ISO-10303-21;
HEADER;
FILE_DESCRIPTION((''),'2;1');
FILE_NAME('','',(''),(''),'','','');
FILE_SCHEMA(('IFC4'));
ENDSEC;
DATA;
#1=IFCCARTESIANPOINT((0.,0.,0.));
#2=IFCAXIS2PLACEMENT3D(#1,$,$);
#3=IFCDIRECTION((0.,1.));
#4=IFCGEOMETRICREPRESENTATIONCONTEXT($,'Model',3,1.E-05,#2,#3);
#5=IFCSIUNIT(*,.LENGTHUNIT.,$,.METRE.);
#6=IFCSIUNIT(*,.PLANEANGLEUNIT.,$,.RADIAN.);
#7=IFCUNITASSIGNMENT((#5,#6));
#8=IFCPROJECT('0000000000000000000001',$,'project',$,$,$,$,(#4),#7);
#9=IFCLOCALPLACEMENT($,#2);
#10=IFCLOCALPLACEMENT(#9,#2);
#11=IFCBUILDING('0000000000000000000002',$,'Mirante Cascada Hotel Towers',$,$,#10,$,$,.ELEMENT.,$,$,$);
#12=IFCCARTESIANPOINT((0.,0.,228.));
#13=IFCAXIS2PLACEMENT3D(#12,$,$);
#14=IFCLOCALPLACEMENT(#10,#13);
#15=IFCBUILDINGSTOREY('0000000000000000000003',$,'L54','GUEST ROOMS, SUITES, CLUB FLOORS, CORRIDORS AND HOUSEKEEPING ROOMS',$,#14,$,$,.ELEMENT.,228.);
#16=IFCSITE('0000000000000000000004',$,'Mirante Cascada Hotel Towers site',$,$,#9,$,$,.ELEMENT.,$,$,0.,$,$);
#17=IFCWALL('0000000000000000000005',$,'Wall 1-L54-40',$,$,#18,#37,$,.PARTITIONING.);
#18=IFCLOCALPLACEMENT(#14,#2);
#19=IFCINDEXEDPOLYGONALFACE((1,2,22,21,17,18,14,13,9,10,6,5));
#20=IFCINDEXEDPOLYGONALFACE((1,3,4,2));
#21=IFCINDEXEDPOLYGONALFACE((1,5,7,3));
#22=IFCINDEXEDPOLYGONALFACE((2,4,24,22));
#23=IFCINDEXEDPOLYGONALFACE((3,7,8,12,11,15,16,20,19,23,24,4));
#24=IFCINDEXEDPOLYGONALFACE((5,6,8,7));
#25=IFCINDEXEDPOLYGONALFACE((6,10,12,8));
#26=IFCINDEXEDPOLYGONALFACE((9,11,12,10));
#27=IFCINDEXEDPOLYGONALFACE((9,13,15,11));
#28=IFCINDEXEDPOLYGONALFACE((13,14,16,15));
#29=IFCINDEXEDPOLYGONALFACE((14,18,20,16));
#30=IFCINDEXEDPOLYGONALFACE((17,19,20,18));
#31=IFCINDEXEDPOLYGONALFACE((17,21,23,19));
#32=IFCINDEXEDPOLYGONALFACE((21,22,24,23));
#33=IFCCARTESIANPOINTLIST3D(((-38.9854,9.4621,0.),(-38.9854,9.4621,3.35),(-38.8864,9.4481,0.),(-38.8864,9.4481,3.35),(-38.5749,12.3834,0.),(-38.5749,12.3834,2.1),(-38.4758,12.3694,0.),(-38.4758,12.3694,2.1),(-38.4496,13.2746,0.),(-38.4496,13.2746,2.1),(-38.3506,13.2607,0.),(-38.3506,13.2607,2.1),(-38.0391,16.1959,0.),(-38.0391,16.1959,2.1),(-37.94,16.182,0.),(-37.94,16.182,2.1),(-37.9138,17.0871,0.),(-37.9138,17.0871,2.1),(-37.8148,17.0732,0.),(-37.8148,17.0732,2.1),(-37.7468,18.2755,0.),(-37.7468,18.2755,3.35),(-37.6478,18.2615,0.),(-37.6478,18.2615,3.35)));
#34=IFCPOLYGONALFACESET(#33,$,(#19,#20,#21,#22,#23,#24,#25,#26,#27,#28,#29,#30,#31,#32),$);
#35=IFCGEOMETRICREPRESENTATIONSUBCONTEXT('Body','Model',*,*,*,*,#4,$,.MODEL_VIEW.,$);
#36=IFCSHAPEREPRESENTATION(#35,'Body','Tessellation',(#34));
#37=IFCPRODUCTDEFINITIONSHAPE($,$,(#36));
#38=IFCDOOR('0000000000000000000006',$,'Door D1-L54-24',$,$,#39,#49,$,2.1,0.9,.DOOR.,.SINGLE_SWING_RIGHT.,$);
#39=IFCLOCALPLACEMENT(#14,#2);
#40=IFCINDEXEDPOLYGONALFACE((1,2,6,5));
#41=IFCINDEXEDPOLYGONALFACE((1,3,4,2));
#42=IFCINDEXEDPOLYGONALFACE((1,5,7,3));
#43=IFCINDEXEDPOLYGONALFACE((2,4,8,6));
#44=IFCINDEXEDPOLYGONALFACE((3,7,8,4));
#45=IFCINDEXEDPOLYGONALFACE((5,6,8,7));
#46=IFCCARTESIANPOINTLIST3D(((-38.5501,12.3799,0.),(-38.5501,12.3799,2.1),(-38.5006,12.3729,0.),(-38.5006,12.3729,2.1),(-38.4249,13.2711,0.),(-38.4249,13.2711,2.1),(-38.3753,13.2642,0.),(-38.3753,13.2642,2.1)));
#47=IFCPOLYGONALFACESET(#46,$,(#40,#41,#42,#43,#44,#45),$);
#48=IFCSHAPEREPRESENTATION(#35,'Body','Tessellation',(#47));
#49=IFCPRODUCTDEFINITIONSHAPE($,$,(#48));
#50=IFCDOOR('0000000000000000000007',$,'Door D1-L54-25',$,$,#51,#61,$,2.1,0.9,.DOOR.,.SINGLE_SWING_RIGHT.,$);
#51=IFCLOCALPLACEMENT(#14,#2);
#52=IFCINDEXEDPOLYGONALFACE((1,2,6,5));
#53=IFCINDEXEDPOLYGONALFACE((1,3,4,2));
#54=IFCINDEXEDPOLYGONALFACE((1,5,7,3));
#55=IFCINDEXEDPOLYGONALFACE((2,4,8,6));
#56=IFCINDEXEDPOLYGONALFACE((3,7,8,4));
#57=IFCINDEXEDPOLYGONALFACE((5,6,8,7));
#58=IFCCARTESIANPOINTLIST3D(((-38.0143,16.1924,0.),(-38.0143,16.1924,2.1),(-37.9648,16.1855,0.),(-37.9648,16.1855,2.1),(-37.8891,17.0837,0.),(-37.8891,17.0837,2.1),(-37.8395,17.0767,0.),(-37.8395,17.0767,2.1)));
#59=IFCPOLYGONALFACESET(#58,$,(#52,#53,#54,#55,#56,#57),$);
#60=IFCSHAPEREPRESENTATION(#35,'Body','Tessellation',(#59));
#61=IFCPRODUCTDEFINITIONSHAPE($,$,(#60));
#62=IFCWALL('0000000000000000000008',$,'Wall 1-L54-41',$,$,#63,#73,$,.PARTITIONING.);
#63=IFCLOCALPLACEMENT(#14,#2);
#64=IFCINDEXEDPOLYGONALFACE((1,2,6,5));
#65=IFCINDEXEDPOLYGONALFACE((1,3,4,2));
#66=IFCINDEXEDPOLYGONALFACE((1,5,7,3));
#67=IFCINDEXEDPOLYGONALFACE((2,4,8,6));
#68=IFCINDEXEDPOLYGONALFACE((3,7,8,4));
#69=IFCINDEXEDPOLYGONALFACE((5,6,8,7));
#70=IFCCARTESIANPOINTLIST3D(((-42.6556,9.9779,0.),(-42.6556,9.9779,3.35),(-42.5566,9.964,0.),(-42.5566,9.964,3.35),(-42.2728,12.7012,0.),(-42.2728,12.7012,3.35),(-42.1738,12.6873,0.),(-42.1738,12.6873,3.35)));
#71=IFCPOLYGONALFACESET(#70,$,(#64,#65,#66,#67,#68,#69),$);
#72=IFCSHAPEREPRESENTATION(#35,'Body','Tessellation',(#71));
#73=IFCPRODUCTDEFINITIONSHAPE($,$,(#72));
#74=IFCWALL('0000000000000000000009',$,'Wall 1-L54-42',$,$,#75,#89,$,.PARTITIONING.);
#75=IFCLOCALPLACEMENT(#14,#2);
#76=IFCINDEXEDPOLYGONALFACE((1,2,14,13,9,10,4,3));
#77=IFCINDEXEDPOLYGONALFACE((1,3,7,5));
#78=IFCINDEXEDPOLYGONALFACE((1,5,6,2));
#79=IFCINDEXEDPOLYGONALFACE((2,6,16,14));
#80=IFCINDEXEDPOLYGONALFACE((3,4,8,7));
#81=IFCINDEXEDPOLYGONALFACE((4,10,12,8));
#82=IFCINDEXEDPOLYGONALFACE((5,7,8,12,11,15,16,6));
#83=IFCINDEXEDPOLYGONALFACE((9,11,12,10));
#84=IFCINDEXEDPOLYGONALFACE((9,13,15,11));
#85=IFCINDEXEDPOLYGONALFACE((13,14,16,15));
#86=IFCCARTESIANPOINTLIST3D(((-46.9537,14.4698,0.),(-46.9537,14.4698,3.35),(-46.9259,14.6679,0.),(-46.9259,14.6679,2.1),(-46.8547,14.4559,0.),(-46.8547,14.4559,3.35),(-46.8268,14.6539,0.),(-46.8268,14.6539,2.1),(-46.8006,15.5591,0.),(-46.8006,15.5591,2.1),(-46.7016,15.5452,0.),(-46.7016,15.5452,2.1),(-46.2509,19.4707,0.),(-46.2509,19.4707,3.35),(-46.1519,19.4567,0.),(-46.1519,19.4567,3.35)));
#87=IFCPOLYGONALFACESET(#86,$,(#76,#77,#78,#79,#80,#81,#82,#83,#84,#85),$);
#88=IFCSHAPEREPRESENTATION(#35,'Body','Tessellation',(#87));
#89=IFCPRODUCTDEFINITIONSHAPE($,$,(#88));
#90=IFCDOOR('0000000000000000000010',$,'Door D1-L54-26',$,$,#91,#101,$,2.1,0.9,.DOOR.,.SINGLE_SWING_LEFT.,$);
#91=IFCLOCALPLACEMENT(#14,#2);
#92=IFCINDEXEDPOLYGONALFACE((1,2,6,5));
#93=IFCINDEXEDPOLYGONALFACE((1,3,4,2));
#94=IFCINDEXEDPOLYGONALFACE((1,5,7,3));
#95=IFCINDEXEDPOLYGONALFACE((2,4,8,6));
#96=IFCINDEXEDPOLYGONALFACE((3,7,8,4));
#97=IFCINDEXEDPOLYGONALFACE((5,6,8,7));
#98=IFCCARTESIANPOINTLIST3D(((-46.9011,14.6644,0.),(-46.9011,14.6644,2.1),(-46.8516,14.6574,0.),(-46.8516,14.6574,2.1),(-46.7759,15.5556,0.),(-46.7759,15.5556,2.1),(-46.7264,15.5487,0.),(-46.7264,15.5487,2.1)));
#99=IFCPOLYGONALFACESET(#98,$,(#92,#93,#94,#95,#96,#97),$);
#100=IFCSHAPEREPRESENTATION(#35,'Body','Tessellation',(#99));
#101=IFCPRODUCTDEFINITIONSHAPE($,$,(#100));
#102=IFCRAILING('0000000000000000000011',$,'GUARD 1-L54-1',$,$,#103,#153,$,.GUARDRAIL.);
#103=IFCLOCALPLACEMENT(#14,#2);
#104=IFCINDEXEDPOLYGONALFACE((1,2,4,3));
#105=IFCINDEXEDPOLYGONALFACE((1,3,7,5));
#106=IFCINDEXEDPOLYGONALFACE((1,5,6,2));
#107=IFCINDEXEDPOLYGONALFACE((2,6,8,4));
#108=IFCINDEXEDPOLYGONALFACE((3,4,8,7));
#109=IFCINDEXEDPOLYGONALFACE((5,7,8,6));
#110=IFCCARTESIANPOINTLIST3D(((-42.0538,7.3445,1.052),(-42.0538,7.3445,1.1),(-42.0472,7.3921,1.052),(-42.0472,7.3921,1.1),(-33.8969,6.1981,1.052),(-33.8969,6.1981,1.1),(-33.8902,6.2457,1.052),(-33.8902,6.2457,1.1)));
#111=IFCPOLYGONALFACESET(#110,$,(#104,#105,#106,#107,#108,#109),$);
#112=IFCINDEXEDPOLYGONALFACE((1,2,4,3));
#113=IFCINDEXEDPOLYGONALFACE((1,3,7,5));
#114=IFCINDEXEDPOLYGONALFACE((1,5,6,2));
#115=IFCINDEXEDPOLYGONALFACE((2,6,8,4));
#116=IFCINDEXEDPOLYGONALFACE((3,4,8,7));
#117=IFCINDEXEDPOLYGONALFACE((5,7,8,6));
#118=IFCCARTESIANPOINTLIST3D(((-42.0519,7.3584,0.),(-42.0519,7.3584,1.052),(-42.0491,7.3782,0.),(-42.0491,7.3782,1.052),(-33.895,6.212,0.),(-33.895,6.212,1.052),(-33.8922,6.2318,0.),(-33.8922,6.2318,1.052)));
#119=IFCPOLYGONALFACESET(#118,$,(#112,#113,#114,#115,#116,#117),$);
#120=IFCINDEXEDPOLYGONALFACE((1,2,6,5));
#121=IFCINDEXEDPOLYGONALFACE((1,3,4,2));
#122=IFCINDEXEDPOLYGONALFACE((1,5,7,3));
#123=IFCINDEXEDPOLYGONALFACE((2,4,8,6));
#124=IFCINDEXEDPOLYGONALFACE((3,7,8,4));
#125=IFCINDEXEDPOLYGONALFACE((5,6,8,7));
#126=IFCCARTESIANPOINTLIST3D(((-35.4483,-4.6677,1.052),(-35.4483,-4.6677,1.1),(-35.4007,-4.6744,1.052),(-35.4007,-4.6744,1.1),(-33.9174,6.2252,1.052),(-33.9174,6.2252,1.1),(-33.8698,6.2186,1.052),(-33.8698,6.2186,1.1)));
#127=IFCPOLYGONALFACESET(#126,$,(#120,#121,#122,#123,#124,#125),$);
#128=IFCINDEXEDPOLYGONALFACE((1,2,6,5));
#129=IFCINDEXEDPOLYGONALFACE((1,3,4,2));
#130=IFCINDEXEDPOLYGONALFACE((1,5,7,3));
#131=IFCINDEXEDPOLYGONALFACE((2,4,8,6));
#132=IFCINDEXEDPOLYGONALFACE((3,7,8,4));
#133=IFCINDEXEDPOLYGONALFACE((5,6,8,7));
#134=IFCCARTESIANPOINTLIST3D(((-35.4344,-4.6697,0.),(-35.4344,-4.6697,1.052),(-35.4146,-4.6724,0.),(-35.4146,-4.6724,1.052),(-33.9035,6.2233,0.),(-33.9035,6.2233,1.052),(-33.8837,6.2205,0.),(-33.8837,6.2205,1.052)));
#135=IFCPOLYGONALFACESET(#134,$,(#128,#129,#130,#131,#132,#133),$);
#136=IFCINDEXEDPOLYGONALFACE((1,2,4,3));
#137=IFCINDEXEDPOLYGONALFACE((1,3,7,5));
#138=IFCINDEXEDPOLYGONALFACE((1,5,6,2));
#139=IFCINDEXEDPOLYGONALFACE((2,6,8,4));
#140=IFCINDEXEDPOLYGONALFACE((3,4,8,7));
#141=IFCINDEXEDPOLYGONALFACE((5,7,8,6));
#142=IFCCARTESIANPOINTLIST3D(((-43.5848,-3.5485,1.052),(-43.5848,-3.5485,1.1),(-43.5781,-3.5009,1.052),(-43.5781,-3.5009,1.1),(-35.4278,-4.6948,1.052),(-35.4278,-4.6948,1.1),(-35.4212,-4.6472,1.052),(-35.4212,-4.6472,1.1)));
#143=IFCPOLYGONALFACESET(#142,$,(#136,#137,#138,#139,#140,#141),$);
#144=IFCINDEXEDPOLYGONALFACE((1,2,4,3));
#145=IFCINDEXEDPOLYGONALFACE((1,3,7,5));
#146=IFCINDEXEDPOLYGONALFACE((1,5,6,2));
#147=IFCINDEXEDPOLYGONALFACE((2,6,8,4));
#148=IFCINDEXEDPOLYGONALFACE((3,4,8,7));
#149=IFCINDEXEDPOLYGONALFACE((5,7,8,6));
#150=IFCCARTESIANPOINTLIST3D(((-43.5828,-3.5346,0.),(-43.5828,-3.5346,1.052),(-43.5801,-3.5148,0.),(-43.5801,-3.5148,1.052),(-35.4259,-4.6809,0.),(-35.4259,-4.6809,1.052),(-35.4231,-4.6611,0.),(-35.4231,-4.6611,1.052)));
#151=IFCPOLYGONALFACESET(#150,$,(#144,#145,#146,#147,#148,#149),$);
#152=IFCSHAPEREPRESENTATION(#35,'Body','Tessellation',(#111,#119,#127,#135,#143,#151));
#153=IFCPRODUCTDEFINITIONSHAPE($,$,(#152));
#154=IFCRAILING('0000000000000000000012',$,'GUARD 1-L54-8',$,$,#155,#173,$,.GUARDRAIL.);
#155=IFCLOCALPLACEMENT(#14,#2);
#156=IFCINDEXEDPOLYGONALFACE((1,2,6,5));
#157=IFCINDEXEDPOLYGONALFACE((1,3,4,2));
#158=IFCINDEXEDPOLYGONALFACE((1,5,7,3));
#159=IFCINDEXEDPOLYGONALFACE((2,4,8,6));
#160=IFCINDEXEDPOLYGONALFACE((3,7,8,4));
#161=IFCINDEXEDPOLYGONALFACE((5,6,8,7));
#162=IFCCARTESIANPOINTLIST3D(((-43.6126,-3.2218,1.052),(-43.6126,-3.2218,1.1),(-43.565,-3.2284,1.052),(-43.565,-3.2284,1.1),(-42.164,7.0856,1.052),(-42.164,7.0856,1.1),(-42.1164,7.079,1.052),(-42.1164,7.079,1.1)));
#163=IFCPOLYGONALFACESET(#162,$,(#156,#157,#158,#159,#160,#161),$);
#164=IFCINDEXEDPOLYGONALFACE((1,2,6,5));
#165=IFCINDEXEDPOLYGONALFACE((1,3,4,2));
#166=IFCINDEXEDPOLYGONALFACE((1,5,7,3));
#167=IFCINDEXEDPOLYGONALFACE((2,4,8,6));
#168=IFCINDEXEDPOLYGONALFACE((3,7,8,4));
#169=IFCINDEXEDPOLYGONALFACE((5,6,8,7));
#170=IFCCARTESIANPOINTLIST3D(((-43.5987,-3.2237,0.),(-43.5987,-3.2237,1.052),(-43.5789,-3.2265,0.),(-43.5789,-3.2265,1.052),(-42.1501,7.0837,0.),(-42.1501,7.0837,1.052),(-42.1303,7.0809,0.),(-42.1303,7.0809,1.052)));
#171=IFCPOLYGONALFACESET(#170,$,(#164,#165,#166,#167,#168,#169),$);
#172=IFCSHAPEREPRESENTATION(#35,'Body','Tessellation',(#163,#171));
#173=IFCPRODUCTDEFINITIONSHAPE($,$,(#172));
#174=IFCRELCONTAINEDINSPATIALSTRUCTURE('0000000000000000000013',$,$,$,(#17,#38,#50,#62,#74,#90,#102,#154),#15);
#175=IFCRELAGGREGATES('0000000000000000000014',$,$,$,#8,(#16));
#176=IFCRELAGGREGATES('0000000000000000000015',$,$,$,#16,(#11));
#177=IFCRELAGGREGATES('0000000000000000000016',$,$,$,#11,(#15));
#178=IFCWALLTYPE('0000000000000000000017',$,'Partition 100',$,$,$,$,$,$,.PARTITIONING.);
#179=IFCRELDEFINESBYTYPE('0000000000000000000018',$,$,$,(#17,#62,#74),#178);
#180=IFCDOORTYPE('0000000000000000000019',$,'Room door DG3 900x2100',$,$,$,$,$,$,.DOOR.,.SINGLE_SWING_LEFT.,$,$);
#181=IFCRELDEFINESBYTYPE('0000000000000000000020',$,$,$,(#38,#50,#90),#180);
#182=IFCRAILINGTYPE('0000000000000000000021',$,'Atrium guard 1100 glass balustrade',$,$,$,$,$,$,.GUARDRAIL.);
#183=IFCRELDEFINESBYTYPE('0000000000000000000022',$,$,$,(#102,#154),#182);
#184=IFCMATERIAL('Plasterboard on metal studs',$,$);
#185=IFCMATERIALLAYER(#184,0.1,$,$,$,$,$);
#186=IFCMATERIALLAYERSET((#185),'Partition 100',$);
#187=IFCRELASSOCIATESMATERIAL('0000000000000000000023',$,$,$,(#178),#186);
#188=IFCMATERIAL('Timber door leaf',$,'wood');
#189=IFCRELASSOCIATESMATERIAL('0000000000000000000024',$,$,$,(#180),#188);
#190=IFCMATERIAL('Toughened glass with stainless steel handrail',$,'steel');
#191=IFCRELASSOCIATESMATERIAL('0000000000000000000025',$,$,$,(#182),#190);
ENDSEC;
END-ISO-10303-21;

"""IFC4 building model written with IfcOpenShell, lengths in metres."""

from ifc_helpers import new_model, si_unit, direction, frame, frame_2d, origin, origin_2d, place, context, subcontext, project, spatial, rectangle, extrude, material, layer, layer_set, type_object, element, fill, save


model = new_model("IFC4")

# Units and contexts
model_context = context("Model", 3, precision=1e-05, world=origin(), true_north=direction((0.0, 1.0)))
body_context = subcontext(model_context, "Body", "Model", "MODEL_VIEW")
ifc_project = project(units=[si_unit("LENGTHUNIT", "METRE"), si_unit("PLANEANGLEUNIT", "RADIAN")], contexts=[model_context])

# Site, building, storey
site_placement = place(None, origin())
site = spatial("IfcSite", under=ifc_project, at=site_placement, Name="Mirante Cascada Hotel Towers site", CompositionType="ELEMENT", RefElevation=0.0)
building_placement = place(site_placement, origin())
building = spatial("IfcBuilding", under=site, at=building_placement, Name="Mirante Cascada Hotel Towers", CompositionType="ELEMENT")
storey_placement = place(building_placement, frame((0.0, 0.0, 228.0)))
storey = spatial("IfcBuildingStorey", under=building, at=storey_placement, Name="L54", Description="GUEST ROOMS, SUITES, CLUB FLOORS, CORRIDORS AND HOUSEKEEPING ROOMS", CompositionType="ELEMENT", Elevation=228.0)

# Shared definitions
ifc_material_1 = material(Name="Plasterboard on metal studs")
ifc_layer_1 = layer(ifc_material_1, 0.1)
ifc_layer_set_1 = layer_set([ifc_layer_1], Name="Partition 100")
wall_type = type_object("IfcWallType", Name="Partition 100", PredefinedType="PARTITIONING", material=ifc_layer_set_1)

# Wall, openings, doors
wall_1_placement = place(storey_placement, frame((-37.6973, 18.2685, 0.0), z_axis=(0.0, 0.0, 1.0), x_axis=(-0.139168, -0.990269, 0.0)))
wall_1 = element("IfcWall", 1, at=wall_1_placement, inside=storey, type_object=wall_type, Name="Wall 1-L54-40", PredefinedType="PARTITIONING", context=body_context, shape_type="SweptSolid", body=[
    extrude(rectangle(XDim=8.9, YDim=0.1, at=frame_2d((4.45, 0.0))), origin(), (0.0, 0.0, 1.0), 3.35),
])
opening_1_placement = place(wall_1_placement, frame((5.05, 0.0, 0.0)))
opening_1 = element("IfcOpeningElement", 2, at=opening_1_placement, cuts=wall_1, PredefinedType="OPENING", context=body_context, shape_type="SweptSolid", body=[
    extrude(rectangle(XDim=0.9, YDim=2.1, at=frame_2d((0.45, 1.05))), frame((0.0, 0.05, 0.0), z_axis=(0.0, -1.0, 0.0), x_axis=(1.0, 0.0, 0.0)), (0.0, 0.0, 1.0), 0.1),
])
opening_2_placement = place(wall_1_placement, frame((1.2, 0.0, 0.0)))
opening_2 = element("IfcOpeningElement", 3, at=opening_2_placement, cuts=wall_1, PredefinedType="OPENING", context=body_context, shape_type="SweptSolid", body=[
    extrude(rectangle(XDim=0.9, YDim=2.1, at=frame_2d((0.45, 1.05))), frame((0.0, 0.05, 0.0), z_axis=(0.0, -1.0, 0.0), x_axis=(1.0, 0.0, 0.0)), (0.0, 0.0, 1.0), 0.1),
])
ifc_material_2 = material(Name="Timber door leaf", Category="wood")
door_type_1 = type_object("IfcDoorType", Name="Room door DG3 900x2100", OperationType="SINGLE_SWING_LEFT", PredefinedType="DOOR", material=ifc_material_2)
door_1_placement = place(opening_1_placement, frame((0.9, 0.0, 0.0), z_axis=(0.0, 0.0, 1.0), x_axis=(-1.0, 0.0, 0.0)))
door_1 = element("IfcDoor", 4, at=door_1_placement, inside=storey, type_object=door_type_1, Name="Door D1-L54-24", OperationType="SINGLE_SWING_RIGHT", OverallHeight=2.1, OverallWidth=0.9, PredefinedType="DOOR", context=body_context, shape_type="SweptSolid", body=[
    extrude(rectangle(XDim=0.9, YDim=2.1, at=frame_2d((0.45, 1.05))), frame((0.0, 0.025, 0.0), z_axis=(0.0, -1.0, 0.0), x_axis=(1.0, 0.0, 0.0)), (0.0, 0.0, 1.0), 0.05),
])
fill(opening_1, door_1)
door_2_placement = place(opening_2_placement, frame((0.9, 0.0, 0.0), z_axis=(0.0, 0.0, 1.0), x_axis=(-1.0, 0.0, 0.0)))
door_2 = element("IfcDoor", 5, at=door_2_placement, inside=storey, type_object=door_type_1, Name="Door D1-L54-25", OperationType="SINGLE_SWING_RIGHT", OverallHeight=2.1, OverallWidth=0.9, PredefinedType="DOOR", context=body_context, shape_type="SweptSolid", body=[
    extrude(rectangle(XDim=0.9, YDim=2.1, at=frame_2d((0.45, 1.05))), frame((0.0, 0.025, 0.0), z_axis=(0.0, -1.0, 0.0), x_axis=(1.0, 0.0, 0.0)), (0.0, 0.0, 1.0), 0.05),
])
fill(opening_2, door_2)

# Wall
wall_2_placement = place(storey_placement, frame((-42.6061, 9.9709, 0.0), z_axis=(0.0, 0.0, 1.0), x_axis=(0.139196, 0.990265, 0.0)))
element("IfcWall", 6, at=wall_2_placement, inside=storey, type_object=wall_type, Name="Wall 1-L54-41", PredefinedType="PARTITIONING", context=body_context, shape_type="SweptSolid", body=[
    extrude(rectangle(XDim=2.7501, YDim=0.1, at=frame_2d((1.3751, 0.0))), origin(), (0.0, 0.0, 1.0), 3.35),
])

# Wall, opening, door
wall_3_placement = place(storey_placement, frame((-46.2014, 19.4637, 0.0), z_axis=(0.0, 0.0, 1.0), x_axis=(-0.139167, -0.990269, 0.0)))
wall_3 = element("IfcWall", 7, at=wall_3_placement, inside=storey, type_object=wall_type, Name="Wall 1-L54-42", PredefinedType="PARTITIONING", context=body_context, shape_type="SweptSolid", body=[
    extrude(rectangle(XDim=5.05, YDim=0.1, at=frame_2d((2.525, 0.0))), origin(), (0.0, 0.0, 1.0), 3.35),
])
opening_3_placement = place(wall_3_placement, frame((3.95, 0.0, 0.0)))
opening_3 = element("IfcOpeningElement", 8, at=opening_3_placement, cuts=wall_3, PredefinedType="OPENING", context=body_context, shape_type="SweptSolid", body=[
    extrude(rectangle(XDim=0.9, YDim=2.1, at=frame_2d((0.45, 1.05))), frame((0.0, 0.05, 0.0), z_axis=(0.0, -1.0, 0.0), x_axis=(1.0, 0.0, 0.0)), (0.0, 0.0, 1.0), 0.1),
])
door_3_placement = place(opening_3_placement, origin())
door_3 = element("IfcDoor", 9, at=door_3_placement, inside=storey, type_object=door_type_1, Name="Door D1-L54-26", OperationType="SINGLE_SWING_LEFT", OverallHeight=2.1, OverallWidth=0.9, PredefinedType="DOOR", context=body_context, shape_type="SweptSolid", body=[
    extrude(rectangle(XDim=0.9, YDim=2.1, at=frame_2d((0.45, 1.05))), frame((0.0, 0.025, 0.0), z_axis=(0.0, -1.0, 0.0), x_axis=(1.0, 0.0, 0.0)), (0.0, 0.0, 1.0), 0.05),
])
fill(opening_3, door_3)

# Railings
ifc_material_3 = material(Name="Toughened glass with stainless steel handrail", Category="steel")
railing_type = type_object("IfcRailingType", Name="Atrium guard 1100 glass balustrade", PredefinedType="GUARDRAIL", material=ifc_material_3)
railing_1_placement = place(storey_placement, frame((-42.0505, 7.3683, 0.0)))
element("IfcRailing", 10, at=railing_1_placement, inside=storey, type_object=railing_type, Name="GUARD 1-L54-1", PredefinedType="GUARDRAIL", context=body_context, shape_type="SweptSolid", body=[
    extrude(rectangle(XDim=0.048, YDim=0.048, at=origin_2d()), frame((0.0, 0.0, 1.076), z_axis=(0.990268, -0.139176, 0.0), x_axis=(0.139176, 0.990268, 0.0)), (0.0, 0.0, 1.0), 8.2371),
    extrude(rectangle(XDim=0.02, YDim=1.052, at=origin_2d()), frame((0.0, 0.0, 0.526), z_axis=(0.990268, -0.139176, 0.0), x_axis=(0.139176, 0.990268, 0.0)), (0.0, 0.0, 1.0), 8.2371),
    extrude(rectangle(XDim=0.048, YDim=0.048, at=origin_2d()), frame((8.1569, -1.1464, 1.076), z_axis=(-0.139173, -0.990268, 0.0), x_axis=(0.990268, -0.139173, 0.0)), (0.0, 0.0, 1.0), 11.0),
    extrude(rectangle(XDim=0.02, YDim=1.052, at=origin_2d()), frame((8.1569, -1.1464, 0.526), z_axis=(-0.139173, -0.990268, 0.0), x_axis=(0.990268, -0.139173, 0.0)), (0.0, 0.0, 1.0), 11.0),
    extrude(rectangle(XDim=0.048, YDim=0.048, at=origin_2d()), frame((6.626, -12.0393, 1.076), z_axis=(-0.990269, 0.139164, 0.0), x_axis=(-0.139164, -0.990269, 0.0)), (0.0, 0.0, 1.0), 8.2371),
    extrude(rectangle(XDim=0.02, YDim=1.052, at=origin_2d()), frame((6.626, -12.0393, 0.526), z_axis=(-0.990269, 0.139164, 0.0), x_axis=(-0.139164, -0.990269, 0.0)), (0.0, 0.0, 1.0), 8.2371),
])
railing_2_placement = place(storey_placement, frame((-42.1402, 7.0823, 0.0)))
element("IfcRailing", 11, at=railing_2_placement, inside=storey, type_object=railing_type, Name="GUARD 1-L54-8", PredefinedType="GUARDRAIL", context=body_context, shape_type="SweptSolid", body=[
    extrude(rectangle(XDim=0.048, YDim=0.048, at=origin_2d()), frame((0.0, 0.0, 1.076), z_axis=(-0.139172, -0.990268, 0.0), x_axis=(0.990268, -0.139172, 0.0)), (0.0, 0.0, 1.0), 10.4087),
    extrude(rectangle(XDim=0.02, YDim=1.052, at=origin_2d()), frame((0.0, 0.0, 0.526), z_axis=(-0.139172, -0.990268, 0.0), x_axis=(0.990268, -0.139172, 0.0)), (0.0, 0.0, 1.0), 10.4087),
])

save(model, "model.ifc")
